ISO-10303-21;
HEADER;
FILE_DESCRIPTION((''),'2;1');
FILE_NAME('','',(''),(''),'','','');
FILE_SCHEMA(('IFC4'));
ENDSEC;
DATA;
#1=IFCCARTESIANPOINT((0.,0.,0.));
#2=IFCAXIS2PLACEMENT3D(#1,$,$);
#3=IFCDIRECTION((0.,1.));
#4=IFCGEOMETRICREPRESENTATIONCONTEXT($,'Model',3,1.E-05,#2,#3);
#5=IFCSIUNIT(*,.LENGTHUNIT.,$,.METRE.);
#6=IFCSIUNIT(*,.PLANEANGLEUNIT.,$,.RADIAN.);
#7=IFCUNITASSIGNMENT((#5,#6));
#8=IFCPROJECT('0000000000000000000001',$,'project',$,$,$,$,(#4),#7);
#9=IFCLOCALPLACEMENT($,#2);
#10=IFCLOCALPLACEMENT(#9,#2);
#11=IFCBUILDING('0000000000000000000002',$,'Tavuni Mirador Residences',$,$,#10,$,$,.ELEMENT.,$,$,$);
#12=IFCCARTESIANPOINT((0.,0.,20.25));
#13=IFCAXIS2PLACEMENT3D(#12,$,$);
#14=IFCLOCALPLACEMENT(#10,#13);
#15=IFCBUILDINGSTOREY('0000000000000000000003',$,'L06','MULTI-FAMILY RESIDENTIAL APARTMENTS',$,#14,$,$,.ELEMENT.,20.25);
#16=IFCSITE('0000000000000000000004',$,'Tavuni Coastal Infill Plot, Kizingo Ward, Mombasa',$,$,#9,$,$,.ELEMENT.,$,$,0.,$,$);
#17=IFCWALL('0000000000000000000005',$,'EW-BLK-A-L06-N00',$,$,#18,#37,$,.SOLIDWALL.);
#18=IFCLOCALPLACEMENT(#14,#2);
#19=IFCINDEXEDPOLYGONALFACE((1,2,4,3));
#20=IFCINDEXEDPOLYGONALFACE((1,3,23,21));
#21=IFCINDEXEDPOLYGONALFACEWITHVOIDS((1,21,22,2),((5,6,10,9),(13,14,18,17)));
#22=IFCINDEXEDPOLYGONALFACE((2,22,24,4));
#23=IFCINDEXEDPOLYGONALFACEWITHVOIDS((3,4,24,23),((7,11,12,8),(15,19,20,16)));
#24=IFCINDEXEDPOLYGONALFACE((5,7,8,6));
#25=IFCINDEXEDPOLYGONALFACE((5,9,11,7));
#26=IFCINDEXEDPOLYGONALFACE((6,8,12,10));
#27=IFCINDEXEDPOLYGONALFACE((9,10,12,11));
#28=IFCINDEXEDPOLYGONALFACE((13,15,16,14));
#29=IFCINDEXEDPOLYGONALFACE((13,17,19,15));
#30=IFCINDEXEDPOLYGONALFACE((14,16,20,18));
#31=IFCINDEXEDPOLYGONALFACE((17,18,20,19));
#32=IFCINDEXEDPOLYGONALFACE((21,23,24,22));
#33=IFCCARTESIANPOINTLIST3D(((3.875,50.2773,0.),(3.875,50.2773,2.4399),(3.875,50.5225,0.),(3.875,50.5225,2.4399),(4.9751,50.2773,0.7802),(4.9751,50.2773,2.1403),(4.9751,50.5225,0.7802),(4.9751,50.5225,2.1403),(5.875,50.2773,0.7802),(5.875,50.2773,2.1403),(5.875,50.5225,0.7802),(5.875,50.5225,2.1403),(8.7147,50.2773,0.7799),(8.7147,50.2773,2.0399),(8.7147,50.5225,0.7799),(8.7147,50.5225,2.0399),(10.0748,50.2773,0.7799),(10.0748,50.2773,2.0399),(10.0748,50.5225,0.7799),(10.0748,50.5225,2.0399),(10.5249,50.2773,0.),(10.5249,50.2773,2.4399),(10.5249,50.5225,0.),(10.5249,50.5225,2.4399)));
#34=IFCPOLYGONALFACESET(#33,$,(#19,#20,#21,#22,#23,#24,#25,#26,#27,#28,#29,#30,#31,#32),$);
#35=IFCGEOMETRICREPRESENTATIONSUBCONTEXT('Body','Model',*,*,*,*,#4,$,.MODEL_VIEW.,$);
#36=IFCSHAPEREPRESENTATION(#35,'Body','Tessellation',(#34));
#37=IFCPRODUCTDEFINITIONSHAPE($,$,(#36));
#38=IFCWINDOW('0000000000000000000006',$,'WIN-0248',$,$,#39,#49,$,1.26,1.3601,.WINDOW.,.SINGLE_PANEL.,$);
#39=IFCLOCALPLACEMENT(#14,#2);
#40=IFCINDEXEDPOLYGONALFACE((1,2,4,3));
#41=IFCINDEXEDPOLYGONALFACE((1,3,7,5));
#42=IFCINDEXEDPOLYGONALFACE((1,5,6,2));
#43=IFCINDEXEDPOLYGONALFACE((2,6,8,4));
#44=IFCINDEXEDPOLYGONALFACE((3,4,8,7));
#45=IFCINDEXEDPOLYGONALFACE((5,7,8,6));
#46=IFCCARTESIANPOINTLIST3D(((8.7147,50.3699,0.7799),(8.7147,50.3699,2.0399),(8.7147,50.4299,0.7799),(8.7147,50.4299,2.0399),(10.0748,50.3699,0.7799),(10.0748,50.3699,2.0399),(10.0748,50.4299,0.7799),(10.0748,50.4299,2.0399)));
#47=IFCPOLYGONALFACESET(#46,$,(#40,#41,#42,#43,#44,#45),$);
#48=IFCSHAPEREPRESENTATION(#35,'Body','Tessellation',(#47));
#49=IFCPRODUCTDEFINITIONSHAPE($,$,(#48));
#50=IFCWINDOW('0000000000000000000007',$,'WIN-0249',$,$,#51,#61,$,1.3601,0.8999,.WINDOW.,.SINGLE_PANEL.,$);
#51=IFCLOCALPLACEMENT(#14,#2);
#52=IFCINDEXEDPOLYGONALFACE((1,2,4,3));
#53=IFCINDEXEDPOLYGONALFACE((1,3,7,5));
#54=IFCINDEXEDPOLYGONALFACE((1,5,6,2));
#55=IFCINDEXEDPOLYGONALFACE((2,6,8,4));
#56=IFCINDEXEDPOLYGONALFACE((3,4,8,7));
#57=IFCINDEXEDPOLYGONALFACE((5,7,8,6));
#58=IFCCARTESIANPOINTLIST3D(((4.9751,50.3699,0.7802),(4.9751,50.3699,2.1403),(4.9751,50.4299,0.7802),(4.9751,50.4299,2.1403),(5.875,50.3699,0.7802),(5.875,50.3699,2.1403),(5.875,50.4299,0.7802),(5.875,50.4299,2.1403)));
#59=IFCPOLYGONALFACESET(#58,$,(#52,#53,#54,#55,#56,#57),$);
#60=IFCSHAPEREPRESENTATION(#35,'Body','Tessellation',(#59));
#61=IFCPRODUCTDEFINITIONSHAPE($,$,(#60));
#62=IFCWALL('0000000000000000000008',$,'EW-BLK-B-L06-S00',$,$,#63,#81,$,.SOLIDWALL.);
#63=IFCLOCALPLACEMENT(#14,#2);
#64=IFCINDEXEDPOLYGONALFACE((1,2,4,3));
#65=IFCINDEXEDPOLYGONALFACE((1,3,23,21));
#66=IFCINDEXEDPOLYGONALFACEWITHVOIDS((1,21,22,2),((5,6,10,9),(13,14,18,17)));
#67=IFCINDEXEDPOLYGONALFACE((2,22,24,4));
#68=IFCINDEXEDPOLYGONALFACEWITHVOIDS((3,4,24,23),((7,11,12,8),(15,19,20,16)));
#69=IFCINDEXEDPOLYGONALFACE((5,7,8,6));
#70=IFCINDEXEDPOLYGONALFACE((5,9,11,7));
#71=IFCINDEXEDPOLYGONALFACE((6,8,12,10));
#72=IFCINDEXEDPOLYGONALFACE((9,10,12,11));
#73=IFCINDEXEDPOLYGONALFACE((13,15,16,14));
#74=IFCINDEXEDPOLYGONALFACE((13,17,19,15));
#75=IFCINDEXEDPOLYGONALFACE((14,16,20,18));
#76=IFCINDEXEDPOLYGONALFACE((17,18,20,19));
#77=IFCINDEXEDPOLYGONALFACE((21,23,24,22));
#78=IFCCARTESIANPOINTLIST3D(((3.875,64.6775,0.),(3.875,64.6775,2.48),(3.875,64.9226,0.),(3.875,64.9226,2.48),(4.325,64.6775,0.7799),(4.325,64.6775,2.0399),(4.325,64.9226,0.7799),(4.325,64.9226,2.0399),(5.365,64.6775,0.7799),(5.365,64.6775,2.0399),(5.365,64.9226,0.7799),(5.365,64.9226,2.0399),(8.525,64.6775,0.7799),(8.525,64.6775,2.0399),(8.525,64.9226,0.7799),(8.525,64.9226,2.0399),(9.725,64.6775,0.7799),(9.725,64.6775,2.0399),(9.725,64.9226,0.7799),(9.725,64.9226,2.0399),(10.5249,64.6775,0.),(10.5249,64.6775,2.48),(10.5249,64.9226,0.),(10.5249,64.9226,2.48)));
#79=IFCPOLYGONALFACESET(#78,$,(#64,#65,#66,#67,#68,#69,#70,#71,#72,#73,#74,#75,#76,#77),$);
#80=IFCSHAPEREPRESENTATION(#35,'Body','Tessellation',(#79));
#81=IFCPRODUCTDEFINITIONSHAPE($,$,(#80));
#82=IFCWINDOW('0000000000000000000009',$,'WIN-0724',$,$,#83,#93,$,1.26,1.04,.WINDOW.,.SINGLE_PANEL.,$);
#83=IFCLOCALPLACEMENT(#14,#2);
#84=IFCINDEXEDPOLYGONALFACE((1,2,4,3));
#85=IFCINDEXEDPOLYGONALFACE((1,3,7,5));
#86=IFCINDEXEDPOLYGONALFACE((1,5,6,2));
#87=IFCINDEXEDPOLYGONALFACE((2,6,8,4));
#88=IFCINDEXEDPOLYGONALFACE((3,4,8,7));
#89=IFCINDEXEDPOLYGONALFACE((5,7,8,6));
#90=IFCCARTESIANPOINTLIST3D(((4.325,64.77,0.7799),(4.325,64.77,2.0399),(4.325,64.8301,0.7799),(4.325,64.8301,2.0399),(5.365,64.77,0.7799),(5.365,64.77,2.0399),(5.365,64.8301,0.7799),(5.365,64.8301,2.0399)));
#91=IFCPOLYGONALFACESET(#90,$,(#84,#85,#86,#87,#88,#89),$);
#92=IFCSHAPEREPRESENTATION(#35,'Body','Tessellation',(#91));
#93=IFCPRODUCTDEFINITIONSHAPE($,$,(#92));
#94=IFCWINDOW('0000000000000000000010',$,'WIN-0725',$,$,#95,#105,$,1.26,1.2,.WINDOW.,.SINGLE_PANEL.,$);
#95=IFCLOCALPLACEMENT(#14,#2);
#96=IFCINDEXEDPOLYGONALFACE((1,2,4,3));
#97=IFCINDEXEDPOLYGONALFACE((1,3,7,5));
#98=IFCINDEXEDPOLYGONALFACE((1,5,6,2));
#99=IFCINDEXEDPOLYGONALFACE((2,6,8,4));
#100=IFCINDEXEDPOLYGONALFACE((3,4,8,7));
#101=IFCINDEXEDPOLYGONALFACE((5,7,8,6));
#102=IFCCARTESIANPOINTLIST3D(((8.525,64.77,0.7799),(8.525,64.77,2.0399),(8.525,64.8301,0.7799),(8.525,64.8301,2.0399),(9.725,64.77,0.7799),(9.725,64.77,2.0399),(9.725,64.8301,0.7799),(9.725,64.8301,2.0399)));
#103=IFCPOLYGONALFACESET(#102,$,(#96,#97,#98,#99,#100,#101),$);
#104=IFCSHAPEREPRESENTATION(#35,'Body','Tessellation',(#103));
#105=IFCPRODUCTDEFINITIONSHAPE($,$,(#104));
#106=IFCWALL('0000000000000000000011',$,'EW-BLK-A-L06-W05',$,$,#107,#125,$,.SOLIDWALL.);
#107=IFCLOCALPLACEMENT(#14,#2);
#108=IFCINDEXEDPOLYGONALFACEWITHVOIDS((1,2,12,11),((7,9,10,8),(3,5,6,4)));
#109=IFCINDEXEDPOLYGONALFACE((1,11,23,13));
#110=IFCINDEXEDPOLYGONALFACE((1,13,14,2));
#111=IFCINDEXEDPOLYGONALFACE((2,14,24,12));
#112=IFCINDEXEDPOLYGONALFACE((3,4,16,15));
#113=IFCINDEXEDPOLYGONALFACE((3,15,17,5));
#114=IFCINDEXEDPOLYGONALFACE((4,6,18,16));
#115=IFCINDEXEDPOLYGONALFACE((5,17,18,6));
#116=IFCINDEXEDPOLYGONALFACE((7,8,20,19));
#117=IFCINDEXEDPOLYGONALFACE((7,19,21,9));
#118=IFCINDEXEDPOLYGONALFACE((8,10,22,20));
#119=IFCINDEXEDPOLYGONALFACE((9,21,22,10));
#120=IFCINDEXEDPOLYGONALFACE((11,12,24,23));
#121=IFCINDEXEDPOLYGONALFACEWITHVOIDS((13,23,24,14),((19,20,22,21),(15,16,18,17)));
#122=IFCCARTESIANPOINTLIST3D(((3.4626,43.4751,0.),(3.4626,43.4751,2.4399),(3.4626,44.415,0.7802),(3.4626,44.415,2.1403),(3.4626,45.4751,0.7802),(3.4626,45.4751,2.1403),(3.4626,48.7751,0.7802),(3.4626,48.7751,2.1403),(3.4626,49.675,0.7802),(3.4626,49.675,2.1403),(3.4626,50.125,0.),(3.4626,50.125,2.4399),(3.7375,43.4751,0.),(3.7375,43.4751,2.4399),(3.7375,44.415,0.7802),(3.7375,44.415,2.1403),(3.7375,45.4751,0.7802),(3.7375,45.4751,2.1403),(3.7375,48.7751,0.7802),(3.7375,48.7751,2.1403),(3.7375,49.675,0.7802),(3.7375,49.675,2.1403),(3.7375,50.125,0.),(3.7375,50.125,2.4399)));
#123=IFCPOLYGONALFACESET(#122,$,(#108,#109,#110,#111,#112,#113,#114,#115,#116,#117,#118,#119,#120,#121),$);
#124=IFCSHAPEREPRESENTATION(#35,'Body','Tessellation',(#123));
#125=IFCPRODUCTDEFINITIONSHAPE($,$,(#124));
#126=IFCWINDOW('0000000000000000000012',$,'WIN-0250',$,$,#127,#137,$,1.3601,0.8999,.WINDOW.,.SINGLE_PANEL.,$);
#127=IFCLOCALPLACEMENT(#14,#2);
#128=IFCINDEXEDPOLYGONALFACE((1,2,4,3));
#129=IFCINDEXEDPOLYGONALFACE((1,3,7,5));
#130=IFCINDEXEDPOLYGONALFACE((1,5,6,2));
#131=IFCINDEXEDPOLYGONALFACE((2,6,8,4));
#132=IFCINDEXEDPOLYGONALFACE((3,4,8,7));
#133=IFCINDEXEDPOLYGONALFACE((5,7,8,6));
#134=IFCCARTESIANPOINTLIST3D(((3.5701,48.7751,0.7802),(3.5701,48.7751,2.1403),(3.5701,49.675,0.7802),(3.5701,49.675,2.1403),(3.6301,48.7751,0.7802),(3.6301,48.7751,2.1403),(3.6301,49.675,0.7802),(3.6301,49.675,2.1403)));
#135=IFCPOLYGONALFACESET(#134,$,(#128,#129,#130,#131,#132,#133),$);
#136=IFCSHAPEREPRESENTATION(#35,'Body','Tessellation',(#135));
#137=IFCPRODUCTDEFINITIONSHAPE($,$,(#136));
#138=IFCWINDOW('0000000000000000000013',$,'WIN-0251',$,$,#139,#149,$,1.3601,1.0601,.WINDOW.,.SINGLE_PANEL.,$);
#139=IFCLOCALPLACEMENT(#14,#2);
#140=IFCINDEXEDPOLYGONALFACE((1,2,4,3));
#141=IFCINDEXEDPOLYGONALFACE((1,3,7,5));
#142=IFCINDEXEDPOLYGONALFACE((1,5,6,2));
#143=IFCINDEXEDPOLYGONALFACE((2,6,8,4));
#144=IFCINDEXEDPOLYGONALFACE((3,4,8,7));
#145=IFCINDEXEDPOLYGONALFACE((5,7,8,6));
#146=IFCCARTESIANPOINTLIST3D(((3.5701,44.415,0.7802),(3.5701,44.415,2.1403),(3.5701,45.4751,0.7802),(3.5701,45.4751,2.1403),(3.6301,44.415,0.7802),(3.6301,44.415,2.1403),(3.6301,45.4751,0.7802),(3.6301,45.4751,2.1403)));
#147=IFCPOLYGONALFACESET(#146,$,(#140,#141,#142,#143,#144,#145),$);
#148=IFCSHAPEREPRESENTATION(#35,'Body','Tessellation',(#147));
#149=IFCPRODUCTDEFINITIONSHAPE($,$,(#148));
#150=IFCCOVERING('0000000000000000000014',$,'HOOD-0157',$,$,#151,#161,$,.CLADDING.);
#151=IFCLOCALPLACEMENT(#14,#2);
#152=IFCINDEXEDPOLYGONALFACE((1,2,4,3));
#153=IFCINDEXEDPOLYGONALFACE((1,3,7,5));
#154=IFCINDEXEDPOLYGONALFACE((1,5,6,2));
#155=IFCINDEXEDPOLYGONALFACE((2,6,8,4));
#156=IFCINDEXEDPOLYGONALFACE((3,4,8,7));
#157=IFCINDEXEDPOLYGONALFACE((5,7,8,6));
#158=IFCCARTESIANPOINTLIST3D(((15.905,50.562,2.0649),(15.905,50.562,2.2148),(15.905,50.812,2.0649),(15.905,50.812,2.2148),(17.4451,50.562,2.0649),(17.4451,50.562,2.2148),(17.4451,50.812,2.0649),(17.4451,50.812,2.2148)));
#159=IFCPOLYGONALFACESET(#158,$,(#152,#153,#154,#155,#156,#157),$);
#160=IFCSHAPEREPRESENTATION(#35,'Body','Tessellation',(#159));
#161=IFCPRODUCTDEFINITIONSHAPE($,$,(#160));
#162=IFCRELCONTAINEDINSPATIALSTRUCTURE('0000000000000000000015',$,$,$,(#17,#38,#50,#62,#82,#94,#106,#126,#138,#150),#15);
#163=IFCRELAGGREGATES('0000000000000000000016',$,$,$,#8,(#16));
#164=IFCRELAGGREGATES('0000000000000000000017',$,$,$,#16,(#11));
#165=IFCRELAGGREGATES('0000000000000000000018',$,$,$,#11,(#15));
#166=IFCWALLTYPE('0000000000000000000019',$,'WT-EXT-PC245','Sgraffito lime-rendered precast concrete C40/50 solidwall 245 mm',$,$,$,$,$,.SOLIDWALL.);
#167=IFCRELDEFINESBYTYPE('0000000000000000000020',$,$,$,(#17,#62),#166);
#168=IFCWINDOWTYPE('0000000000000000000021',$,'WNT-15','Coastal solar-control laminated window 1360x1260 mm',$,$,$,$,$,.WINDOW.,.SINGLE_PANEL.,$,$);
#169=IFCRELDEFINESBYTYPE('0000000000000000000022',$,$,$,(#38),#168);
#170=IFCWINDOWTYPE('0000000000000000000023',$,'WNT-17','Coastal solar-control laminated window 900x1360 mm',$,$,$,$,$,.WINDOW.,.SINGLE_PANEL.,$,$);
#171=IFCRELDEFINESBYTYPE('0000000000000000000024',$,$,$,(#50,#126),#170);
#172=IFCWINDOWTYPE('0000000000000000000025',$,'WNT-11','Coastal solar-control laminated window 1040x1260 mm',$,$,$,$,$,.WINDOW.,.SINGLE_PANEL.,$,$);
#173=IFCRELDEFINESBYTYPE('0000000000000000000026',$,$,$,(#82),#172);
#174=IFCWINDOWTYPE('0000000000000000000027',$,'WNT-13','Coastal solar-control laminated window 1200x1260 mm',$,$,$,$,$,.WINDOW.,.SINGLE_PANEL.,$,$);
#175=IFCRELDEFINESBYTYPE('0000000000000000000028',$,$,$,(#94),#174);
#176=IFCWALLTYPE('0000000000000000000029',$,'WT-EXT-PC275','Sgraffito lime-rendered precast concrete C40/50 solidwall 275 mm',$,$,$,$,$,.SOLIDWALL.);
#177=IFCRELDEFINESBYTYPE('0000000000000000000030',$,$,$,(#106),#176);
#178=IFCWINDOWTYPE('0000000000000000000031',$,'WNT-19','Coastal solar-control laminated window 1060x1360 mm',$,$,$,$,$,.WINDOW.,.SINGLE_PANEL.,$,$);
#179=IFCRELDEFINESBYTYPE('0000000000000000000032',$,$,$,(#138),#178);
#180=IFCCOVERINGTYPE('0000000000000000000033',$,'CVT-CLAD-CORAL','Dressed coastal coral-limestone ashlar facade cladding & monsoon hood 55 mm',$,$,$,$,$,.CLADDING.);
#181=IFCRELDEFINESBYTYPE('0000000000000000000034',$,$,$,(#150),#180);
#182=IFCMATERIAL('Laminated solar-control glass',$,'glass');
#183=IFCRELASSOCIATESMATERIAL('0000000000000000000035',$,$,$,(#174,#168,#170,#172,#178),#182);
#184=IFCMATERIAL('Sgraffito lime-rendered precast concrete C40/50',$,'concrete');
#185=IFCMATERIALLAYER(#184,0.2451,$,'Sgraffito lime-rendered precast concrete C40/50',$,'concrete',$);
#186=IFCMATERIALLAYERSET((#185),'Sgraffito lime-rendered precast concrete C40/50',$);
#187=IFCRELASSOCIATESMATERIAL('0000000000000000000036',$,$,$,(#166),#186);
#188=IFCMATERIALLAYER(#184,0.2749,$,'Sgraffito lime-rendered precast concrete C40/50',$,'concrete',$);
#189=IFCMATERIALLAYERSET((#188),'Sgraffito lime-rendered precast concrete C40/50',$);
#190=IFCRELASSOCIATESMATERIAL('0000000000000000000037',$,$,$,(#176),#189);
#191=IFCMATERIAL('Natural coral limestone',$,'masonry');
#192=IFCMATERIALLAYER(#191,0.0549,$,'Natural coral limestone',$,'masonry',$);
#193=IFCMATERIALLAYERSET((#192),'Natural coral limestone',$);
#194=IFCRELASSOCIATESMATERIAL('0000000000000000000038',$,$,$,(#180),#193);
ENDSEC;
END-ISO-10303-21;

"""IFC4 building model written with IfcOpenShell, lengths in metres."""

from ifc_helpers import new_model, si_unit, direction, frame, frame_2d, origin, origin_2d, place, context, subcontext, project, spatial, rectangle, extrude, material, layer, layer_set, type_object, element, fill, save


model = new_model("IFC4")

# Units and contexts
model_context = context("Model", 3, precision=1e-05, world=origin(), true_north=direction((0.0, 1.0)))
body_context = subcontext(model_context, "Body", "Model", "MODEL_VIEW")
ifc_project = project(units=[si_unit("LENGTHUNIT", "METRE"), si_unit("PLANEANGLEUNIT", "RADIAN")], contexts=[model_context])

# Site, building, storey
site_placement = place(None, origin())
site = spatial("IfcSite", under=ifc_project, at=site_placement, Name="Tavuni Coastal Infill Plot, Kizingo Ward, Mombasa", CompositionType="ELEMENT", RefElevation=0.0)
building_placement = place(site_placement, origin())
building = spatial("IfcBuilding", under=site, at=building_placement, Name="Tavuni Mirador Residences", CompositionType="ELEMENT")
storey_placement = place(building_placement, frame((0.0, 0.0, 20.25)))
storey = spatial("IfcBuildingStorey", under=building, at=storey_placement, Name="L06", Description="MULTI-FAMILY RESIDENTIAL APARTMENTS", CompositionType="ELEMENT", Elevation=20.25)

# Walls, openings, windows
ifc_material_1 = material(Name="Laminated solar-control glass", Category="glass")
window_type_1 = type_object("IfcWindowType", Name="WNT-13", Description="Coastal solar-control laminated window 1200x1260 mm", PartitioningType="SINGLE_PANEL", PredefinedType="WINDOW", material=ifc_material_1)
window_type_2 = type_object("IfcWindowType", Name="WNT-15", Description="Coastal solar-control laminated window 1360x1260 mm", PartitioningType="SINGLE_PANEL", PredefinedType="WINDOW", material=ifc_material_1)
ifc_material_2 = material(Name="Sgraffito lime-rendered precast concrete C40/50", Category="concrete")
ifc_layer_1 = layer(ifc_material_2, 0.2451, Name="Sgraffito lime-rendered precast concrete C40/50", Category="concrete")
ifc_layer_set_1 = layer_set([ifc_layer_1], Name="Sgraffito lime-rendered precast concrete C40/50")
wall_type_1 = type_object("IfcWallType", Name="WT-EXT-PC245", Description="Sgraffito lime-rendered precast concrete C40/50 solidwall 245 mm", PredefinedType="SOLIDWALL", material=ifc_layer_set_1)
wall_1_placement = place(storey_placement, frame((10.5249, 50.3999, 0.0), z_axis=(0.0, 0.0, 1.0), x_axis=(-1.0, 0.0, 0.0)))
wall_1 = element("IfcWall", 1, at=wall_1_placement, inside=storey, type_object=wall_type_1, Name="EW-BLK-A-L06-N00", PredefinedType="SOLIDWALL", context=body_context, shape_type="SweptSolid", body=[
    extrude(rectangle(XDim=6.6499, YDim=0.2451, at=frame_2d((3.325, 0.0))), origin(), (0.0, 0.0, 1.0), 2.4399),
])
opening_1_placement = place(wall_1_placement, frame((0.45, 0.0, 0.78)))
opening_1 = element("IfcOpeningElement", 2, at=opening_1_placement, cuts=wall_1, PredefinedType="OPENING", context=body_context, shape_type="SweptSolid", body=[
    extrude(rectangle(XDim=1.3601, YDim=1.26, at=frame_2d((0.6802, 0.6299))), frame((0.0, 0.1326, 0.0), z_axis=(0.0, -1.0, 0.0), x_axis=(1.0, 0.0, 0.0)), (0.0, 0.0, 1.0), 0.2651),
])
opening_2_placement = place(wall_1_placement, frame((4.6499, 0.0, 0.78)))
opening_2 = element("IfcOpeningElement", 3, at=opening_2_placement, cuts=wall_1, PredefinedType="OPENING", context=body_context, shape_type="SweptSolid", body=[
    extrude(rectangle(XDim=0.8999, YDim=1.3601, at=frame_2d((0.45, 0.6802))), frame((0.0, 0.1326, 0.0), z_axis=(0.0, -1.0, 0.0), x_axis=(1.0, 0.0, 0.0)), (0.0, 0.0, 1.0), 0.2651),
])
window_1_placement = place(opening_1_placement, origin())
window_1 = element("IfcWindow", 4, at=window_1_placement, inside=storey, type_object=window_type_2, Name="WIN-0248", OverallHeight=1.26, OverallWidth=1.3601, PartitioningType="SINGLE_PANEL", PredefinedType="WINDOW", context=body_context, shape_type="SweptSolid", body=[
    extrude(rectangle(XDim=1.3601, YDim=1.26, at=frame_2d((0.6802, 0.6299))), frame((0.0, 0.03, 0.0), z_axis=(0.0, -1.0, 0.0), x_axis=(1.0, 0.0, 0.0)), (0.0, 0.0, 1.0), 0.0601),
])
fill(opening_1, window_1)
window_type_3 = type_object("IfcWindowType", Name="WNT-17", Description="Coastal solar-control laminated window 900x1360 mm", PartitioningType="SINGLE_PANEL", PredefinedType="WINDOW", material=ifc_material_1)
window_2_placement = place(opening_2_placement, origin())
window_2 = element("IfcWindow", 5, at=window_2_placement, inside=storey, type_object=window_type_3, Name="WIN-0249", OverallHeight=1.3601, OverallWidth=0.8999, PartitioningType="SINGLE_PANEL", PredefinedType="WINDOW", context=body_context, shape_type="SweptSolid", body=[
    extrude(rectangle(XDim=0.8999, YDim=1.3601, at=frame_2d((0.45, 0.6802))), frame((0.0, 0.03, 0.0), z_axis=(0.0, -1.0, 0.0), x_axis=(1.0, 0.0, 0.0)), (0.0, 0.0, 1.0), 0.0601),
])
fill(opening_2, window_2)
wall_2_placement = place(storey_placement, frame((3.875, 64.8, 0.0), z_axis=(0.0, 0.0, 1.0), x_axis=(1.0, 0.0, 0.0)))
wall_2 = element("IfcWall", 6, at=wall_2_placement, inside=storey, type_object=wall_type_1, Name="EW-BLK-B-L06-S00", PredefinedType="SOLIDWALL", context=body_context, shape_type="SweptSolid", body=[
    extrude(rectangle(XDim=6.6499, YDim=0.2451, at=frame_2d((3.325, 0.0))), origin(), (0.0, 0.0, 1.0), 2.48),
])
opening_3_placement = place(wall_2_placement, frame((0.45, 0.0, 0.78)))
opening_3 = element("IfcOpeningElement", 7, at=opening_3_placement, cuts=wall_2, PredefinedType="OPENING", context=body_context, shape_type="SweptSolid", body=[
    extrude(rectangle(XDim=1.04, YDim=1.26, at=frame_2d((0.52, 0.6299))), frame((0.0, 0.1326, 0.0), z_axis=(0.0, -1.0, 0.0), x_axis=(1.0, 0.0, 0.0)), (0.0, 0.0, 1.0), 0.2651),
])
opening_4_placement = place(wall_2_placement, frame((4.6499, 0.0, 0.78)))
opening_4 = element("IfcOpeningElement", 8, at=opening_4_placement, cuts=wall_2, PredefinedType="OPENING", context=body_context, shape_type="SweptSolid", body=[
    extrude(rectangle(XDim=1.2, YDim=1.26, at=frame_2d((0.6001, 0.6299))), frame((0.0, 0.1326, 0.0), z_axis=(0.0, -1.0, 0.0), x_axis=(1.0, 0.0, 0.0)), (0.0, 0.0, 1.0), 0.2651),
])
window_type_4 = type_object("IfcWindowType", Name="WNT-11", Description="Coastal solar-control laminated window 1040x1260 mm", PartitioningType="SINGLE_PANEL", PredefinedType="WINDOW", material=ifc_material_1)
window_3_placement = place(opening_3_placement, origin())
window_3 = element("IfcWindow", 9, at=window_3_placement, inside=storey, type_object=window_type_4, Name="WIN-0724", OverallHeight=1.26, OverallWidth=1.04, PartitioningType="SINGLE_PANEL", PredefinedType="WINDOW", context=body_context, shape_type="SweptSolid", body=[
    extrude(rectangle(XDim=1.04, YDim=1.26, at=frame_2d((0.52, 0.6299))), frame((0.0, 0.03, 0.0), z_axis=(0.0, -1.0, 0.0), x_axis=(1.0, 0.0, 0.0)), (0.0, 0.0, 1.0), 0.0601),
])
fill(opening_3, window_3)
window_4_placement = place(opening_4_placement, origin())
window_4 = element("IfcWindow", 10, at=window_4_placement, inside=storey, type_object=window_type_1, Name="WIN-0725", OverallHeight=1.26, OverallWidth=1.2, PartitioningType="SINGLE_PANEL", PredefinedType="WINDOW", context=body_context, shape_type="SweptSolid", body=[
    extrude(rectangle(XDim=1.2, YDim=1.26, at=frame_2d((0.6001, 0.6299))), frame((0.0, 0.03, 0.0), z_axis=(0.0, -1.0, 0.0), x_axis=(1.0, 0.0, 0.0)), (0.0, 0.0, 1.0), 0.0601),
])
fill(opening_4, window_4)
ifc_layer_2 = layer(ifc_material_2, 0.2749, Name="Sgraffito lime-rendered precast concrete C40/50", Category="concrete")
ifc_layer_set_2 = layer_set([ifc_layer_2], Name="Sgraffito lime-rendered precast concrete C40/50")
wall_type_2 = type_object("IfcWallType", Name="WT-EXT-PC275", Description="Sgraffito lime-rendered precast concrete C40/50 solidwall 275 mm", PredefinedType="SOLIDWALL", material=ifc_layer_set_2)
wall_3_placement = place(storey_placement, frame((3.6001, 50.125, 0.0), z_axis=(0.0, 0.0, 1.0), x_axis=(0.0, -1.0, 0.0)))
wall_3 = element("IfcWall", 11, at=wall_3_placement, inside=storey, type_object=wall_type_2, Name="EW-BLK-A-L06-W05", PredefinedType="SOLIDWALL", context=body_context, shape_type="SweptSolid", body=[
    extrude(rectangle(XDim=6.6499, YDim=0.2749, at=frame_2d((3.325, 0.0))), origin(), (0.0, 0.0, 1.0), 2.4399),
])
opening_5_placement = place(wall_3_placement, frame((0.45, 0.0, 0.78)))
opening_5 = element("IfcOpeningElement", 12, at=opening_5_placement, cuts=wall_3, PredefinedType="OPENING", context=body_context, shape_type="SweptSolid", body=[
    extrude(rectangle(XDim=0.8999, YDim=1.3601, at=frame_2d((0.45, 0.6802))), frame((0.0, 0.1475, 0.0), z_axis=(0.0, -1.0, 0.0), x_axis=(1.0, 0.0, 0.0)), (0.0, 0.0, 1.0), 0.2949),
])
opening_6_placement = place(wall_3_placement, frame((4.6499, 0.0, 0.78)))
opening_6 = element("IfcOpeningElement", 13, at=opening_6_placement, cuts=wall_3, PredefinedType="OPENING", context=body_context, shape_type="SweptSolid", body=[
    extrude(rectangle(XDim=1.0601, YDim=1.3601, at=frame_2d((0.53, 0.6802))), frame((0.0, 0.1475, 0.0), z_axis=(0.0, -1.0, 0.0), x_axis=(1.0, 0.0, 0.0)), (0.0, 0.0, 1.0), 0.2949),
])
window_5_placement = place(opening_5_placement, origin())
window_5 = element("IfcWindow", 14, at=window_5_placement, inside=storey, type_object=window_type_3, Name="WIN-0250", OverallHeight=1.3601, OverallWidth=0.8999, PartitioningType="SINGLE_PANEL", PredefinedType="WINDOW", context=body_context, shape_type="SweptSolid", body=[
    extrude(rectangle(XDim=0.8999, YDim=1.3601, at=frame_2d((0.45, 0.6802))), frame((0.0, 0.03, 0.0), z_axis=(0.0, -1.0, 0.0), x_axis=(1.0, 0.0, 0.0)), (0.0, 0.0, 1.0), 0.0601),
])
fill(opening_5, window_5)
window_type_5 = type_object("IfcWindowType", Name="WNT-19", Description="Coastal solar-control laminated window 1060x1360 mm", PartitioningType="SINGLE_PANEL", PredefinedType="WINDOW", material=ifc_material_1)
window_6_placement = place(opening_6_placement, origin())
window_6 = element("IfcWindow", 15, at=window_6_placement, inside=storey, type_object=window_type_5, Name="WIN-0251", OverallHeight=1.3601, OverallWidth=1.0601, PartitioningType="SINGLE_PANEL", PredefinedType="WINDOW", context=body_context, shape_type="SweptSolid", body=[
    extrude(rectangle(XDim=1.0601, YDim=1.3601, at=frame_2d((0.53, 0.6802))), frame((0.0, 0.03, 0.0), z_axis=(0.0, -1.0, 0.0), x_axis=(1.0, 0.0, 0.0)), (0.0, 0.0, 1.0), 0.0601),
])
fill(opening_6, window_6)

# Covering
ifc_material_3 = material(Name="Natural coral limestone", Category="masonry")
ifc_layer_3 = layer(ifc_material_3, 0.0549, Name="Natural coral limestone", Category="masonry")
ifc_layer_set_3 = layer_set([ifc_layer_3], Name="Natural coral limestone")
covering_type = type_object("IfcCoveringType", Name="CVT-CLAD-CORAL", Description="Dressed coastal coral-limestone ashlar facade cladding & monsoon hood 55 mm", PredefinedType="CLADDING", material=ifc_layer_set_3)
covering_1_placement = place(storey_placement, frame((16.675, 50.687, 2.0649), z_axis=(0.0, 0.0, 1.0), x_axis=(-1.0, 0.0, 0.0)))
element("IfcCovering", 16, at=covering_1_placement, inside=storey, type_object=covering_type, Name="HOOD-0157", PredefinedType="CLADDING", context=body_context, shape_type="SweptSolid", body=[
    extrude(rectangle(XDim=1.54, YDim=0.25, at=origin_2d()), origin(), (0.0, 0.0, 1.0), 0.1499),
])

save(model, "model.ifc")
